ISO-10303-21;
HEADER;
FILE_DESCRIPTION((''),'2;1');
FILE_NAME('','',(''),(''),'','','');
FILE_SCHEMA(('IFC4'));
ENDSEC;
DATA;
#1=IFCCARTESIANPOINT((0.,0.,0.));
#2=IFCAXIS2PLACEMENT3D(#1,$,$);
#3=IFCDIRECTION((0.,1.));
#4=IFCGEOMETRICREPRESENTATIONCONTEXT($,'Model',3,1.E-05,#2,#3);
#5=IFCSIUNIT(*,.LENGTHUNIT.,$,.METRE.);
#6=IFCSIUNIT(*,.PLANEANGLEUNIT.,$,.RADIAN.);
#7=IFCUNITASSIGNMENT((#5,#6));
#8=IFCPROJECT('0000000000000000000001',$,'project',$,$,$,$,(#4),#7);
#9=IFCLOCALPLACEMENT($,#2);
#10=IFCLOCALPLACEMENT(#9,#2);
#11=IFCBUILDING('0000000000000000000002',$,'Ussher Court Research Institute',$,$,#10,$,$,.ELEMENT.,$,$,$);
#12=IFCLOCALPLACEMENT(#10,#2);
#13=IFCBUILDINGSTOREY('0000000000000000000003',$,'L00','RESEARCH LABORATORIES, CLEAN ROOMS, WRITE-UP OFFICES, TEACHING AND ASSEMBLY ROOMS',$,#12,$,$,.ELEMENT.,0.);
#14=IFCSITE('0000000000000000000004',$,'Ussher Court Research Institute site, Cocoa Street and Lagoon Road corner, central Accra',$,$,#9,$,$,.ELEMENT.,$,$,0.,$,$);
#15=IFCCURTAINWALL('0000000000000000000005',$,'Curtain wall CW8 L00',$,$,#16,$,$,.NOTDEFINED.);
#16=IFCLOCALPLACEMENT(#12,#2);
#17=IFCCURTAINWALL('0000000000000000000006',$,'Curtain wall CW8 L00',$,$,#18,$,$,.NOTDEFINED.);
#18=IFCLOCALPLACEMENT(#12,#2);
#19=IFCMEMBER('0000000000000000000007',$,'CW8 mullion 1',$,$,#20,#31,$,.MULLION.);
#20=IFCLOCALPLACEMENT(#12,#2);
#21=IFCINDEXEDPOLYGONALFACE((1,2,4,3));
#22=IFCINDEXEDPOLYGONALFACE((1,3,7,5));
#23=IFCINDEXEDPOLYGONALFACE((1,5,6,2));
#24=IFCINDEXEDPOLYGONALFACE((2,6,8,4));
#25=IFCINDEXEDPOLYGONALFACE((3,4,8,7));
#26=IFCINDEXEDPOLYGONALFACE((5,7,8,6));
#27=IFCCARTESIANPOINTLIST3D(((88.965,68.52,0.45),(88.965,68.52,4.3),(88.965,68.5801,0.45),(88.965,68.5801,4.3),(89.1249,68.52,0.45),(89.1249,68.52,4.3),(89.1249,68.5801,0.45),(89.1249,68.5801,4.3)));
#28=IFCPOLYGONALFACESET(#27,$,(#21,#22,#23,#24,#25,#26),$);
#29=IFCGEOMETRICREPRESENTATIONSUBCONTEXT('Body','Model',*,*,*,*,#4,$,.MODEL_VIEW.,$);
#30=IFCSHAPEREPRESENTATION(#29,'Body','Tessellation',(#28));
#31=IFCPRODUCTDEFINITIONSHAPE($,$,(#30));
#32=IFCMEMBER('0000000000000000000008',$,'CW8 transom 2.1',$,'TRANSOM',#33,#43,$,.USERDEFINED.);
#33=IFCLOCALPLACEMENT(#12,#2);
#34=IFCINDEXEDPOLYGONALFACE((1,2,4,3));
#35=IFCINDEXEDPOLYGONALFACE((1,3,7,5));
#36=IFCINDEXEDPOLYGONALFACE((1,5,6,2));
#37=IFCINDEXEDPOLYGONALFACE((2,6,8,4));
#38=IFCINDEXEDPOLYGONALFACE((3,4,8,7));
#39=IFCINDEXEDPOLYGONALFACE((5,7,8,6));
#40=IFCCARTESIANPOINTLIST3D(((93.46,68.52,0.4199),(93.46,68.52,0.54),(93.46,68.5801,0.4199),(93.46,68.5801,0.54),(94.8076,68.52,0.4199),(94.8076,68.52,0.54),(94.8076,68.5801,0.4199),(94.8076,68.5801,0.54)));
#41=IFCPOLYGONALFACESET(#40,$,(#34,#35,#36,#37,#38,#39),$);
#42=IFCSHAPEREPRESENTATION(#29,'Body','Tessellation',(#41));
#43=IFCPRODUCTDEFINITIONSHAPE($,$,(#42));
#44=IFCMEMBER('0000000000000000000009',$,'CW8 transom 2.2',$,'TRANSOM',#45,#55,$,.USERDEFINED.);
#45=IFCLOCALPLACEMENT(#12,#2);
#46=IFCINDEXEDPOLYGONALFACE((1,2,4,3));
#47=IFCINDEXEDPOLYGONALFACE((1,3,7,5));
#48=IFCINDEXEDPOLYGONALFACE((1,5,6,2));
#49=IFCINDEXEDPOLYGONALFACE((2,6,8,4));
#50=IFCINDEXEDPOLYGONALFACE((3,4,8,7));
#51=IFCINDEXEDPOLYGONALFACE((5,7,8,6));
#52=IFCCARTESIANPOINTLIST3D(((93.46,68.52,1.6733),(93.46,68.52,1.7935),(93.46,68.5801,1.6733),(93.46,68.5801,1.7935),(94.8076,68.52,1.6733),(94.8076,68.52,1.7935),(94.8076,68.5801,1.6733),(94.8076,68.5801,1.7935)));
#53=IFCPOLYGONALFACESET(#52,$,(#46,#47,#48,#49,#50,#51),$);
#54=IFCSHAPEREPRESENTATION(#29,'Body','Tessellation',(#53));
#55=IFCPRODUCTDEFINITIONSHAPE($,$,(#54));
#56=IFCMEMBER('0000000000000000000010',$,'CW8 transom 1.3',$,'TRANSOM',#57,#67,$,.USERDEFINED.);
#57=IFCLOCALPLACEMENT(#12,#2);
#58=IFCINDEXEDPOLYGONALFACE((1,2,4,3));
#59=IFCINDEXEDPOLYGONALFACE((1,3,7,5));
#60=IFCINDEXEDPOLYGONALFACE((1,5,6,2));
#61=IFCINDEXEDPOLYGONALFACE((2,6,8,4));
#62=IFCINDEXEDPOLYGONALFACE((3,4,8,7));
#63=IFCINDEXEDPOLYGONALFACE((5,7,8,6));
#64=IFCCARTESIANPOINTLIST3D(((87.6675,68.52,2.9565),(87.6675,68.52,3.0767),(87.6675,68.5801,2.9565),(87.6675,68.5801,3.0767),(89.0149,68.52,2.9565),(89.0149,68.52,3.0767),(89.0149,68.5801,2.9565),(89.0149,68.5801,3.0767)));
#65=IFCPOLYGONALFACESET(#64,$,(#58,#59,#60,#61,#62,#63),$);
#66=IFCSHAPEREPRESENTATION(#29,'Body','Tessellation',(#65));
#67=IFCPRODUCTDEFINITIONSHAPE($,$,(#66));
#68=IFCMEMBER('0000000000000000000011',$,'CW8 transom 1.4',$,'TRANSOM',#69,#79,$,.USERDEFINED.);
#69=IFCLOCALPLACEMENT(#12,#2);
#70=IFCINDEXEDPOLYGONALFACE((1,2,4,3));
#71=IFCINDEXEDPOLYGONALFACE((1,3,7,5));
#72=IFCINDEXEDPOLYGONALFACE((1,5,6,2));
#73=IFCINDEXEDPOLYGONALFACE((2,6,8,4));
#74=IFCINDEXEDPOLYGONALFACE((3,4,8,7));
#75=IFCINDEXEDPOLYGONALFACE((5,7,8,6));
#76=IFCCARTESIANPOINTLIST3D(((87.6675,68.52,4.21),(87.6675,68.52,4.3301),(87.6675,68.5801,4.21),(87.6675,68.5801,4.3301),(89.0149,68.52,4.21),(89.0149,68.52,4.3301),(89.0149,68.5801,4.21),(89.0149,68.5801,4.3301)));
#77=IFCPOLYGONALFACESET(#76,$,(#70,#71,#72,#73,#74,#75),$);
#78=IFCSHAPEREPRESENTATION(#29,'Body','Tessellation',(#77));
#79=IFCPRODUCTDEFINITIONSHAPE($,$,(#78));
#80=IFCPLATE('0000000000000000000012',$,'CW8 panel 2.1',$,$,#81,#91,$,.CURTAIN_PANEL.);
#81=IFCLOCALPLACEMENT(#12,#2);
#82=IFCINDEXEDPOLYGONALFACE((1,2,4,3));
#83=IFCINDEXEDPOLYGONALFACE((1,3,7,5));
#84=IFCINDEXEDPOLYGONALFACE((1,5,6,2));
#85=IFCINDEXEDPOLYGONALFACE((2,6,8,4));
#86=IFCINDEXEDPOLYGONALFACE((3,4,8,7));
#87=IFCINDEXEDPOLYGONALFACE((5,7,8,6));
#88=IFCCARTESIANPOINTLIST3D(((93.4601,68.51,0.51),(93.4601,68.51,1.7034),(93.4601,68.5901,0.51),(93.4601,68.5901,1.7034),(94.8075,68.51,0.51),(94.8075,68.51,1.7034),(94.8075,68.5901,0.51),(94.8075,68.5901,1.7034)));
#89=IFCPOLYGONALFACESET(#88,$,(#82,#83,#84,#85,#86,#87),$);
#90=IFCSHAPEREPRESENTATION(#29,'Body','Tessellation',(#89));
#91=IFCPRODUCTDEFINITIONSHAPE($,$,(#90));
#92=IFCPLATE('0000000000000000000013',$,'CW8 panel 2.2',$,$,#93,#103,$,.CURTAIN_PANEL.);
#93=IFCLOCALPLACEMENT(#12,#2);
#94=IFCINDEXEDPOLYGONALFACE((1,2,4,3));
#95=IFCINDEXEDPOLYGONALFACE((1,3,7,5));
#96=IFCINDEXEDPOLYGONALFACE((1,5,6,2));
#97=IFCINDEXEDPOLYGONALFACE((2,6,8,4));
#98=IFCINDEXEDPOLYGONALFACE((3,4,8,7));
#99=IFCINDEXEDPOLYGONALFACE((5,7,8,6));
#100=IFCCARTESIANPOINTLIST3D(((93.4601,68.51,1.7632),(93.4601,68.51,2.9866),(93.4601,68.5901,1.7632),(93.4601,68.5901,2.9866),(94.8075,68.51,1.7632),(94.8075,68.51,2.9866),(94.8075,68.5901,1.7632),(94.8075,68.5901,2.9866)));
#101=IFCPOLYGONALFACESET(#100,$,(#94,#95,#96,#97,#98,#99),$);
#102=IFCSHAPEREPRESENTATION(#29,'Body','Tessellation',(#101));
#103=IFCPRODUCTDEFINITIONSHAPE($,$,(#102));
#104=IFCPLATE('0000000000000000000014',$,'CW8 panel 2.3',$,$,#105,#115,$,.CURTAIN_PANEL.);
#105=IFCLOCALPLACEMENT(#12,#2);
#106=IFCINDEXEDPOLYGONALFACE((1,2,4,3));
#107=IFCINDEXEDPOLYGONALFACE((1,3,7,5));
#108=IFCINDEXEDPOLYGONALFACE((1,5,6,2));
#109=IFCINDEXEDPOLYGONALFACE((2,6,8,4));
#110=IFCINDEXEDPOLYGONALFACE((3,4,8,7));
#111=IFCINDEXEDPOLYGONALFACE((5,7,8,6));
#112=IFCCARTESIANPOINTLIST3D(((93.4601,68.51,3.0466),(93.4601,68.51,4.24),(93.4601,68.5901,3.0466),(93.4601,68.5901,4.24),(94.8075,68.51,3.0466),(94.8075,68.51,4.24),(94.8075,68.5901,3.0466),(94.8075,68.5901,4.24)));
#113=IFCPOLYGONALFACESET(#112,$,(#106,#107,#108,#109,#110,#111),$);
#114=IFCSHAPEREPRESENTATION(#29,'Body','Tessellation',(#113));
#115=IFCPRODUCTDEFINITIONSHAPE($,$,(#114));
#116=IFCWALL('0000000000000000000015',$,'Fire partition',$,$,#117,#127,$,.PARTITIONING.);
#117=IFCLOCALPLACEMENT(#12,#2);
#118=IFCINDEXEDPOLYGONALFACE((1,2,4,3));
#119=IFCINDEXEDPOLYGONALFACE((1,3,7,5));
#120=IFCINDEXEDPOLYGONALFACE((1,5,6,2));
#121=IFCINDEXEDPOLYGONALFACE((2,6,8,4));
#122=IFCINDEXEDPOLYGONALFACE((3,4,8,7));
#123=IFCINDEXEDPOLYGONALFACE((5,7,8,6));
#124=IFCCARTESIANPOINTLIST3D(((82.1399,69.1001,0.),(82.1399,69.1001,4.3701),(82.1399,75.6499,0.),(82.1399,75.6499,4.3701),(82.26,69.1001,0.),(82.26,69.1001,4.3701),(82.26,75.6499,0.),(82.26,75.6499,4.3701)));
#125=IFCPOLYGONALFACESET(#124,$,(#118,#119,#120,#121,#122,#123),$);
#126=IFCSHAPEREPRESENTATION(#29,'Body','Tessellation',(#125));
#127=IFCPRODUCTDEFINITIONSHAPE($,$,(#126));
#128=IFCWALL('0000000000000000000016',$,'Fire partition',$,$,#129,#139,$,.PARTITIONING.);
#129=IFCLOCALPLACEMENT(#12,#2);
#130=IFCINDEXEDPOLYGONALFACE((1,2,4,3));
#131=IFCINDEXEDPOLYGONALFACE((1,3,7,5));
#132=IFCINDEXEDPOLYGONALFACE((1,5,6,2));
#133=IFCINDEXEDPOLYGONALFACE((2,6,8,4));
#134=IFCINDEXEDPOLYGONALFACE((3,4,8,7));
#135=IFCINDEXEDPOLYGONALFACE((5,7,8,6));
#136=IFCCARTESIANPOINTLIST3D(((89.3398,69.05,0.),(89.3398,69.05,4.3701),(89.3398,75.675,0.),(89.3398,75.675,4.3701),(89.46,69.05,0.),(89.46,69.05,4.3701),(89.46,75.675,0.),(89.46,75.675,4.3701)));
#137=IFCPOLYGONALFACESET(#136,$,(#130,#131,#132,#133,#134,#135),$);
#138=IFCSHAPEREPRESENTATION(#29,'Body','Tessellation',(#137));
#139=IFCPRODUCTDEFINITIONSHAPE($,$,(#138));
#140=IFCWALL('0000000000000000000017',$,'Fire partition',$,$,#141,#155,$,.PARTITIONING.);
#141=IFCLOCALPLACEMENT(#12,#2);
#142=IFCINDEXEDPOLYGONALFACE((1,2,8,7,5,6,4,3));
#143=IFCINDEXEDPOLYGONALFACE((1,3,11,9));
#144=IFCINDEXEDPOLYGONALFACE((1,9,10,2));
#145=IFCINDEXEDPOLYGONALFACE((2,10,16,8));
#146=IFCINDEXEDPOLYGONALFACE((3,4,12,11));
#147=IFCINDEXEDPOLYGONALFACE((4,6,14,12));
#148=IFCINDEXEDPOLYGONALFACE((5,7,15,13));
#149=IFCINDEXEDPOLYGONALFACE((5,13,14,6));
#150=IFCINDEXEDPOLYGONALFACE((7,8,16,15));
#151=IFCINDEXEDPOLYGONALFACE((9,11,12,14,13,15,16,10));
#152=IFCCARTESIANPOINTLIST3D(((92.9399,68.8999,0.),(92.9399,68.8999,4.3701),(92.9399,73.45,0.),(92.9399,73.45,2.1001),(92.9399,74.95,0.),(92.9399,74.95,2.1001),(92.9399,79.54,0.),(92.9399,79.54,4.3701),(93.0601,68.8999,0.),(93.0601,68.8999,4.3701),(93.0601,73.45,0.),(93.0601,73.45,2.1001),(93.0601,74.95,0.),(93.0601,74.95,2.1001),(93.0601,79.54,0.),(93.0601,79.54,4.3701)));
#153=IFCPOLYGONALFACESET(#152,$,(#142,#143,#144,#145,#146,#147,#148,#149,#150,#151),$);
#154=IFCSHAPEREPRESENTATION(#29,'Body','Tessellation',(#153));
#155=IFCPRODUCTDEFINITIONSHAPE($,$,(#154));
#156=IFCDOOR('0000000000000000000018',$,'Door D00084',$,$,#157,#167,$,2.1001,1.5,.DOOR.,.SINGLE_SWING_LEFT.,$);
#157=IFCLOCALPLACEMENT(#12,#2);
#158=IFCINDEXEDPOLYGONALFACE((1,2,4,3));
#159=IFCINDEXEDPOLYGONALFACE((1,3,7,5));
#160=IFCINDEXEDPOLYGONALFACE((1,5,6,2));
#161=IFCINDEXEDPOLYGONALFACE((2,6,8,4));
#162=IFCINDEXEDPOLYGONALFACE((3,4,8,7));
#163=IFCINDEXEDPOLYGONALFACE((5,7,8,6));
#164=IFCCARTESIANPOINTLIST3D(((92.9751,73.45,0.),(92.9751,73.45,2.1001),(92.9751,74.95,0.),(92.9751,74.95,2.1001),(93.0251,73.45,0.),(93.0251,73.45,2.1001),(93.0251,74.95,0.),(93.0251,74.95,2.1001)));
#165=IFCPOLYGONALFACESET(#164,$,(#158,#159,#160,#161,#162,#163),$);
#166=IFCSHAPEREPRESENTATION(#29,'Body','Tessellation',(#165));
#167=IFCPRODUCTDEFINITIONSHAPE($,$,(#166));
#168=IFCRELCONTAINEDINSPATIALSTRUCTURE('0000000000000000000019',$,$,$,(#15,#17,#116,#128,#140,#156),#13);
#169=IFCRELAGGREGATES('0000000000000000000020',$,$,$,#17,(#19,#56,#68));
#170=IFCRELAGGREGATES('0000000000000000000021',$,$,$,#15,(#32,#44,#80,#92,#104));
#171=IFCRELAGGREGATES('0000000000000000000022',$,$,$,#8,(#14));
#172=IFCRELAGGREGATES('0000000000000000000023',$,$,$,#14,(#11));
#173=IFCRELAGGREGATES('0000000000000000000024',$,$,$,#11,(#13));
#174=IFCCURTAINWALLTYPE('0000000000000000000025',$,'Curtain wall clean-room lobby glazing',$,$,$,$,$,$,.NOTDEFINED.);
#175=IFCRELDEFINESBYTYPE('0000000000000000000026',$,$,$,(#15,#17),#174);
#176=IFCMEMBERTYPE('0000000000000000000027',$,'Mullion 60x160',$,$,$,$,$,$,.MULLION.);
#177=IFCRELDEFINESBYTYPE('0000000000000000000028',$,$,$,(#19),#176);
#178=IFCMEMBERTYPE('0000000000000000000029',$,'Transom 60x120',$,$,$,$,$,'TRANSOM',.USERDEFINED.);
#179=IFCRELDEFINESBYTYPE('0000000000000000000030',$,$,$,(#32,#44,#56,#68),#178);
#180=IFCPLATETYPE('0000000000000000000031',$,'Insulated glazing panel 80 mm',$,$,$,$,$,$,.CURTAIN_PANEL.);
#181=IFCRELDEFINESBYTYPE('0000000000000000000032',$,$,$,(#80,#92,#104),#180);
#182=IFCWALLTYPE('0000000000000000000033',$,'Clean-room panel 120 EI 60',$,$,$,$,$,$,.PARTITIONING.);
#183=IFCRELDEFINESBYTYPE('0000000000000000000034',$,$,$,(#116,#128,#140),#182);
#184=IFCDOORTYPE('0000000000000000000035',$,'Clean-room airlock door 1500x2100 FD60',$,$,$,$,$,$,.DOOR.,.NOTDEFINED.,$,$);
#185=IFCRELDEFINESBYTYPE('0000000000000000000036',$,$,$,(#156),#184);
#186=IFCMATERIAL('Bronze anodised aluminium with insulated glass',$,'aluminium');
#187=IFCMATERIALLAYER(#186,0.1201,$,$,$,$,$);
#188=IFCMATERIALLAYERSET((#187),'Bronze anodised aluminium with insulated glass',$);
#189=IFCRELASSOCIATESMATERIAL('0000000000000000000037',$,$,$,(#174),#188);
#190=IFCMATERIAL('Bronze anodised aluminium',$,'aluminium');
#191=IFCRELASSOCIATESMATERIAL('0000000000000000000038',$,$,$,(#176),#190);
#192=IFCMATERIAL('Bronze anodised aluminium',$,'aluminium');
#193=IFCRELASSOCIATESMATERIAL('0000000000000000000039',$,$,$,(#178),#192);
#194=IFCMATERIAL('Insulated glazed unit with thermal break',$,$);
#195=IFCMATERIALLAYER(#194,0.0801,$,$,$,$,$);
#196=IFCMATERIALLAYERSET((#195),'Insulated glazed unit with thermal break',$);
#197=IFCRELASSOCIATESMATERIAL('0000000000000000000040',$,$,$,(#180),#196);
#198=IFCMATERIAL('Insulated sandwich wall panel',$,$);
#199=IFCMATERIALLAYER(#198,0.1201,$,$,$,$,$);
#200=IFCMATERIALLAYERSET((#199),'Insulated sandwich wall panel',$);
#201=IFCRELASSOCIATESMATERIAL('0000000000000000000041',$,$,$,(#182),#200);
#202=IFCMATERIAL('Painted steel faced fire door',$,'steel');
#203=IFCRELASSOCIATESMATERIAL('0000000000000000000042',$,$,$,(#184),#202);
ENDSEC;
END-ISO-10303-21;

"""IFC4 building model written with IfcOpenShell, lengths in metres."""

from ifc_helpers import new_model, si_unit, direction, frame, frame_2d, origin, origin_2d, place, context, subcontext, project, spatial, rectangle, extrude, material, layer, layer_set, material_profile, profile_set, type_object, element, fill, aggregate, save


model = new_model("IFC4")

# Units and contexts
model_context = context("Model", 3, precision=1e-05, world=origin(), true_north=direction((0.0, 1.0)))
body_context = subcontext(model_context, "Body", "Model", "MODEL_VIEW")
ifc_project = project(units=[si_unit("LENGTHUNIT", "METRE"), si_unit("PLANEANGLEUNIT", "RADIAN")], contexts=[model_context])

# Site, building, storey
site_placement = place(None, origin())
site = spatial("IfcSite", under=ifc_project, at=site_placement, Name="Ussher Court Research Institute site, Cocoa Street and Lagoon Road corner, central Accra", CompositionType="ELEMENT", RefElevation=0.0)
building_placement = place(site_placement, origin())
building = spatial("IfcBuilding", under=site, at=building_placement, Name="Ussher Court Research Institute", CompositionType="ELEMENT")
storey_placement = place(building_placement, origin())
storey = spatial("IfcBuildingStorey", under=building, at=storey_placement, Name="L00", Description="RESEARCH LABORATORIES, CLEAN ROOMS, WRITE-UP OFFICES, TEACHING AND ASSEMBLY ROOMS", CompositionType="ELEMENT", Elevation=0.0)

# Curtain walls, member
ifc_material_1 = material(Name="Bronze anodised aluminium with insulated glass", Category="aluminium")
ifc_layer_1 = layer(ifc_material_1, 0.1201)
ifc_layer_set_1 = layer_set([ifc_layer_1], Name="Bronze anodised aluminium with insulated glass")
curtain_wall_type = type_object("IfcCurtainWallType", Name="Curtain wall clean-room lobby glazing", PredefinedType="NOTDEFINED", material=ifc_layer_set_1)
curtain_wall_1_placement = place(storey_placement, origin())
curtain_wall_1 = element("IfcCurtainWall", 1, at=curtain_wall_1_placement, inside=storey, type_object=curtain_wall_type, Name="Curtain wall CW8 L00", PredefinedType="NOTDEFINED")
ifc_material_2 = material(Name="Bronze anodised aluminium", Category="aluminium")
ifc_material_profile_1 = material_profile(ifc_material_2, rectangle(XDim=0.0601, YDim=0.1599, at=origin_2d()), Name="Mullion 60x160")
ifc_profile_set_1 = profile_set([ifc_material_profile_1], Name="Bronze anodised aluminium")
member_type_1 = type_object("IfcMemberType", Name="Mullion 60x160", PredefinedType="MULLION", material=ifc_profile_set_1)
curtain_wall_2_placement = place(storey_placement, origin())
curtain_wall_2 = element("IfcCurtainWall", 2, at=curtain_wall_2_placement, inside=storey, type_object=curtain_wall_type, Name="Curtain wall CW8 L00", PredefinedType="NOTDEFINED")
member_1_placement = place(storey_placement, frame((89.0449, 68.55, 0.45), z_axis=(0.0, 0.0, 1.0), x_axis=(0.0, -1.0, 0.0)))
member_1 = element("IfcMember", 3, at=member_1_placement, type_object=member_type_1, Name="CW8 mullion 1", PredefinedType="MULLION", context=body_context, shape_type="SweptSolid", body=[
    extrude(rectangle(XDim=0.0601, YDim=0.1599, at=origin_2d()), origin(), (0.0, 0.0, 1.0), 3.8501),
])

# Members
ifc_material_3 = material(Name="Bronze anodised aluminium", Category="aluminium")
ifc_material_profile_2 = material_profile(ifc_material_3, rectangle(XDim=0.0601, YDim=0.1201, at=origin_2d()), Name="Transom 60x120")
ifc_profile_set_2 = profile_set([ifc_material_profile_2], Name="Bronze anodised aluminium")
member_type_2 = type_object("IfcMemberType", Name="Transom 60x120", ElementType="TRANSOM", PredefinedType="USERDEFINED", material=ifc_profile_set_2)
member_2_placement = place(storey_placement, frame((94.8076, 68.55, 0.48), z_axis=(-1.0, 0.0, 0.0), x_axis=(0.0, -1.0, 0.0)))
member_2 = element("IfcMember", 4, at=member_2_placement, type_object=member_type_2, Name="CW8 transom 2.1", ObjectType="TRANSOM", PredefinedType="USERDEFINED", context=body_context, shape_type="SweptSolid", body=[
    extrude(rectangle(XDim=0.0601, YDim=0.1201, at=origin_2d()), origin(), (0.0, 0.0, 1.0), 1.3477),
])
member_3_placement = place(storey_placement, frame((94.8076, 68.55, 1.7334), z_axis=(-1.0, 0.0, 0.0), x_axis=(0.0, -1.0, 0.0)))
member_3 = element("IfcMember", 5, at=member_3_placement, type_object=member_type_2, Name="CW8 transom 2.2", ObjectType="TRANSOM", PredefinedType="USERDEFINED", context=body_context, shape_type="SweptSolid", body=[
    extrude(rectangle(XDim=0.0601, YDim=0.1201, at=origin_2d()), origin(), (0.0, 0.0, 1.0), 1.3477),
])
member_4_placement = place(storey_placement, frame((89.0149, 68.55, 3.0166), z_axis=(-1.0, 0.0, 0.0), x_axis=(0.0, -1.0, 0.0)))
member_4 = element("IfcMember", 6, at=member_4_placement, type_object=member_type_2, Name="CW8 transom 1.3", ObjectType="TRANSOM", PredefinedType="USERDEFINED", context=body_context, shape_type="SweptSolid", body=[
    extrude(rectangle(XDim=0.0601, YDim=0.1201, at=origin_2d()), origin(), (0.0, 0.0, 1.0), 1.3474),
])
member_5_placement = place(storey_placement, frame((89.0149, 68.55, 4.27), z_axis=(-1.0, 0.0, 0.0), x_axis=(0.0, -1.0, 0.0)))
member_5 = element("IfcMember", 7, at=member_5_placement, type_object=member_type_2, Name="CW8 transom 1.4", ObjectType="TRANSOM", PredefinedType="USERDEFINED", context=body_context, shape_type="SweptSolid", body=[
    extrude(rectangle(XDim=0.0601, YDim=0.1201, at=origin_2d()), origin(), (0.0, 0.0, 1.0), 1.3474),
])
aggregate(curtain_wall_2, [member_1, member_4, member_5])

# Plates
ifc_material_4 = material(Name="Insulated glazed unit with thermal break")
ifc_layer_2 = layer(ifc_material_4, 0.0801)
ifc_layer_set_2 = layer_set([ifc_layer_2], Name="Insulated glazed unit with thermal break")
plate_type = type_object("IfcPlateType", Name="Insulated glazing panel 80 mm", PredefinedType="CURTAIN_PANEL", material=ifc_layer_set_2)
plate_1_placement = place(storey_placement, frame((94.1338, 68.55, 0.51), z_axis=(0.0, 0.0, 1.0), x_axis=(-1.0, 0.0, 0.0)))
plate_1 = element("IfcPlate", 8, at=plate_1_placement, type_object=plate_type, Name="CW8 panel 2.1", PredefinedType="CURTAIN_PANEL", context=body_context, shape_type="SweptSolid", body=[
    extrude(rectangle(XDim=1.3474, YDim=0.0801, at=origin_2d()), origin(), (0.0, 0.0, 1.0), 1.1934),
])
plate_2_placement = place(storey_placement, frame((94.1338, 68.55, 1.7632), z_axis=(0.0, 0.0, 1.0), x_axis=(-1.0, 0.0, 0.0)))
plate_2 = element("IfcPlate", 9, at=plate_2_placement, type_object=plate_type, Name="CW8 panel 2.2", PredefinedType="CURTAIN_PANEL", context=body_context, shape_type="SweptSolid", body=[
    extrude(rectangle(XDim=1.3474, YDim=0.0801, at=origin_2d()), origin(), (0.0, 0.0, 1.0), 1.2234),
])
plate_3_placement = place(storey_placement, frame((94.1338, 68.55, 3.0466), z_axis=(0.0, 0.0, 1.0), x_axis=(-1.0, 0.0, 0.0)))
plate_3 = element("IfcPlate", 10, at=plate_3_placement, type_object=plate_type, Name="CW8 panel 2.3", PredefinedType="CURTAIN_PANEL", context=body_context, shape_type="SweptSolid", body=[
    extrude(rectangle(XDim=1.3474, YDim=0.0801, at=origin_2d()), origin(), (0.0, 0.0, 1.0), 1.1934),
])
aggregate(curtain_wall_1, [member_2, member_3, plate_1, plate_2, plate_3])

# Walls
ifc_material_5 = material(Name="Insulated sandwich wall panel")
ifc_layer_3 = layer(ifc_material_5, 0.1201)
ifc_layer_set_3 = layer_set([ifc_layer_3], Name="Insulated sandwich wall panel")
wall_type_1 = type_object("IfcWallType", Name="Clean-room panel 120 EI 60", PredefinedType="PARTITIONING", material=ifc_layer_set_3)
wall_1_placement = place(storey_placement, frame((82.2, 69.1001, 0.0), z_axis=(0.0, 0.0, 1.0), x_axis=(0.0, 1.0, 0.0)))
element("IfcWall", 11, at=wall_1_placement, inside=storey, type_object=wall_type_1, Name="Fire partition", PredefinedType="PARTITIONING", context=body_context, shape_type="SweptSolid", body=[
    extrude(rectangle(XDim=6.5498, YDim=0.1201, at=frame_2d((3.2749, 0.0))), origin(), (0.0, 0.0, 1.0), 4.3701),
])
wall_2_placement = place(storey_placement, frame((89.3999, 69.05, 0.0), z_axis=(0.0, 0.0, 1.0), x_axis=(0.0, 1.0, 0.0)))
element("IfcWall", 12, at=wall_2_placement, inside=storey, type_object=wall_type_1, Name="Fire partition", PredefinedType="PARTITIONING", context=body_context, shape_type="SweptSolid", body=[
    extrude(rectangle(XDim=6.625, YDim=0.1201, at=frame_2d((3.3125, 0.0))), origin(), (0.0, 0.0, 1.0), 4.3701),
])

# Wall, opening, door
wall_3_placement = place(storey_placement, frame((93.0, 68.8999, 0.0), z_axis=(0.0, 0.0, 1.0), x_axis=(0.0, 1.0, 0.0)))
wall_3 = element("IfcWall", 13, at=wall_3_placement, inside=storey, type_object=wall_type_1, Name="Fire partition", PredefinedType="PARTITIONING", context=body_context, shape_type="SweptSolid", body=[
    extrude(rectangle(XDim=10.6401, YDim=0.1201, at=frame_2d((5.3201, 0.0))), origin(), (0.0, 0.0, 1.0), 4.3701),
])
opening_1_placement = place(wall_3_placement, frame((4.55, 0.0, 0.0)))
opening_1 = element("IfcOpeningElement", 14, at=opening_1_placement, cuts=wall_3, PredefinedType="OPENING", context=body_context, shape_type="SweptSolid", body=[
    extrude(rectangle(XDim=1.5, YDim=2.1001, at=frame_2d((0.75, 1.05))), frame((0.0, 0.0701, 0.0), z_axis=(0.0, -1.0, 0.0), x_axis=(1.0, 0.0, 0.0)), (0.0, 0.0, 1.0), 0.1401),
])
ifc_material_6 = material(Name="Painted steel faced fire door", Category="steel")
door_type_1 = type_object("IfcDoorType", Name="Clean-room airlock door 1500x2100 FD60", OperationType="NOTDEFINED", PredefinedType="DOOR", material=ifc_material_6)
door_1_placement = place(opening_1_placement, origin())
door_1 = element("IfcDoor", 15, at=door_1_placement, inside=storey, type_object=door_type_1, Name="Door D00084", OperationType="SINGLE_SWING_LEFT", OverallHeight=2.1001, OverallWidth=1.5, PredefinedType="DOOR", context=body_context, shape_type="SweptSolid", body=[
    extrude(rectangle(XDim=1.5, YDim=2.1001, at=frame_2d((0.75, 1.05))), frame((0.0, 0.0249, 0.0), z_axis=(0.0, -1.0, 0.0), x_axis=(1.0, 0.0, 0.0)), (0.0, 0.0, 1.0), 0.05),
])
fill(opening_1, door_1)

save(model, "model.ifc")
